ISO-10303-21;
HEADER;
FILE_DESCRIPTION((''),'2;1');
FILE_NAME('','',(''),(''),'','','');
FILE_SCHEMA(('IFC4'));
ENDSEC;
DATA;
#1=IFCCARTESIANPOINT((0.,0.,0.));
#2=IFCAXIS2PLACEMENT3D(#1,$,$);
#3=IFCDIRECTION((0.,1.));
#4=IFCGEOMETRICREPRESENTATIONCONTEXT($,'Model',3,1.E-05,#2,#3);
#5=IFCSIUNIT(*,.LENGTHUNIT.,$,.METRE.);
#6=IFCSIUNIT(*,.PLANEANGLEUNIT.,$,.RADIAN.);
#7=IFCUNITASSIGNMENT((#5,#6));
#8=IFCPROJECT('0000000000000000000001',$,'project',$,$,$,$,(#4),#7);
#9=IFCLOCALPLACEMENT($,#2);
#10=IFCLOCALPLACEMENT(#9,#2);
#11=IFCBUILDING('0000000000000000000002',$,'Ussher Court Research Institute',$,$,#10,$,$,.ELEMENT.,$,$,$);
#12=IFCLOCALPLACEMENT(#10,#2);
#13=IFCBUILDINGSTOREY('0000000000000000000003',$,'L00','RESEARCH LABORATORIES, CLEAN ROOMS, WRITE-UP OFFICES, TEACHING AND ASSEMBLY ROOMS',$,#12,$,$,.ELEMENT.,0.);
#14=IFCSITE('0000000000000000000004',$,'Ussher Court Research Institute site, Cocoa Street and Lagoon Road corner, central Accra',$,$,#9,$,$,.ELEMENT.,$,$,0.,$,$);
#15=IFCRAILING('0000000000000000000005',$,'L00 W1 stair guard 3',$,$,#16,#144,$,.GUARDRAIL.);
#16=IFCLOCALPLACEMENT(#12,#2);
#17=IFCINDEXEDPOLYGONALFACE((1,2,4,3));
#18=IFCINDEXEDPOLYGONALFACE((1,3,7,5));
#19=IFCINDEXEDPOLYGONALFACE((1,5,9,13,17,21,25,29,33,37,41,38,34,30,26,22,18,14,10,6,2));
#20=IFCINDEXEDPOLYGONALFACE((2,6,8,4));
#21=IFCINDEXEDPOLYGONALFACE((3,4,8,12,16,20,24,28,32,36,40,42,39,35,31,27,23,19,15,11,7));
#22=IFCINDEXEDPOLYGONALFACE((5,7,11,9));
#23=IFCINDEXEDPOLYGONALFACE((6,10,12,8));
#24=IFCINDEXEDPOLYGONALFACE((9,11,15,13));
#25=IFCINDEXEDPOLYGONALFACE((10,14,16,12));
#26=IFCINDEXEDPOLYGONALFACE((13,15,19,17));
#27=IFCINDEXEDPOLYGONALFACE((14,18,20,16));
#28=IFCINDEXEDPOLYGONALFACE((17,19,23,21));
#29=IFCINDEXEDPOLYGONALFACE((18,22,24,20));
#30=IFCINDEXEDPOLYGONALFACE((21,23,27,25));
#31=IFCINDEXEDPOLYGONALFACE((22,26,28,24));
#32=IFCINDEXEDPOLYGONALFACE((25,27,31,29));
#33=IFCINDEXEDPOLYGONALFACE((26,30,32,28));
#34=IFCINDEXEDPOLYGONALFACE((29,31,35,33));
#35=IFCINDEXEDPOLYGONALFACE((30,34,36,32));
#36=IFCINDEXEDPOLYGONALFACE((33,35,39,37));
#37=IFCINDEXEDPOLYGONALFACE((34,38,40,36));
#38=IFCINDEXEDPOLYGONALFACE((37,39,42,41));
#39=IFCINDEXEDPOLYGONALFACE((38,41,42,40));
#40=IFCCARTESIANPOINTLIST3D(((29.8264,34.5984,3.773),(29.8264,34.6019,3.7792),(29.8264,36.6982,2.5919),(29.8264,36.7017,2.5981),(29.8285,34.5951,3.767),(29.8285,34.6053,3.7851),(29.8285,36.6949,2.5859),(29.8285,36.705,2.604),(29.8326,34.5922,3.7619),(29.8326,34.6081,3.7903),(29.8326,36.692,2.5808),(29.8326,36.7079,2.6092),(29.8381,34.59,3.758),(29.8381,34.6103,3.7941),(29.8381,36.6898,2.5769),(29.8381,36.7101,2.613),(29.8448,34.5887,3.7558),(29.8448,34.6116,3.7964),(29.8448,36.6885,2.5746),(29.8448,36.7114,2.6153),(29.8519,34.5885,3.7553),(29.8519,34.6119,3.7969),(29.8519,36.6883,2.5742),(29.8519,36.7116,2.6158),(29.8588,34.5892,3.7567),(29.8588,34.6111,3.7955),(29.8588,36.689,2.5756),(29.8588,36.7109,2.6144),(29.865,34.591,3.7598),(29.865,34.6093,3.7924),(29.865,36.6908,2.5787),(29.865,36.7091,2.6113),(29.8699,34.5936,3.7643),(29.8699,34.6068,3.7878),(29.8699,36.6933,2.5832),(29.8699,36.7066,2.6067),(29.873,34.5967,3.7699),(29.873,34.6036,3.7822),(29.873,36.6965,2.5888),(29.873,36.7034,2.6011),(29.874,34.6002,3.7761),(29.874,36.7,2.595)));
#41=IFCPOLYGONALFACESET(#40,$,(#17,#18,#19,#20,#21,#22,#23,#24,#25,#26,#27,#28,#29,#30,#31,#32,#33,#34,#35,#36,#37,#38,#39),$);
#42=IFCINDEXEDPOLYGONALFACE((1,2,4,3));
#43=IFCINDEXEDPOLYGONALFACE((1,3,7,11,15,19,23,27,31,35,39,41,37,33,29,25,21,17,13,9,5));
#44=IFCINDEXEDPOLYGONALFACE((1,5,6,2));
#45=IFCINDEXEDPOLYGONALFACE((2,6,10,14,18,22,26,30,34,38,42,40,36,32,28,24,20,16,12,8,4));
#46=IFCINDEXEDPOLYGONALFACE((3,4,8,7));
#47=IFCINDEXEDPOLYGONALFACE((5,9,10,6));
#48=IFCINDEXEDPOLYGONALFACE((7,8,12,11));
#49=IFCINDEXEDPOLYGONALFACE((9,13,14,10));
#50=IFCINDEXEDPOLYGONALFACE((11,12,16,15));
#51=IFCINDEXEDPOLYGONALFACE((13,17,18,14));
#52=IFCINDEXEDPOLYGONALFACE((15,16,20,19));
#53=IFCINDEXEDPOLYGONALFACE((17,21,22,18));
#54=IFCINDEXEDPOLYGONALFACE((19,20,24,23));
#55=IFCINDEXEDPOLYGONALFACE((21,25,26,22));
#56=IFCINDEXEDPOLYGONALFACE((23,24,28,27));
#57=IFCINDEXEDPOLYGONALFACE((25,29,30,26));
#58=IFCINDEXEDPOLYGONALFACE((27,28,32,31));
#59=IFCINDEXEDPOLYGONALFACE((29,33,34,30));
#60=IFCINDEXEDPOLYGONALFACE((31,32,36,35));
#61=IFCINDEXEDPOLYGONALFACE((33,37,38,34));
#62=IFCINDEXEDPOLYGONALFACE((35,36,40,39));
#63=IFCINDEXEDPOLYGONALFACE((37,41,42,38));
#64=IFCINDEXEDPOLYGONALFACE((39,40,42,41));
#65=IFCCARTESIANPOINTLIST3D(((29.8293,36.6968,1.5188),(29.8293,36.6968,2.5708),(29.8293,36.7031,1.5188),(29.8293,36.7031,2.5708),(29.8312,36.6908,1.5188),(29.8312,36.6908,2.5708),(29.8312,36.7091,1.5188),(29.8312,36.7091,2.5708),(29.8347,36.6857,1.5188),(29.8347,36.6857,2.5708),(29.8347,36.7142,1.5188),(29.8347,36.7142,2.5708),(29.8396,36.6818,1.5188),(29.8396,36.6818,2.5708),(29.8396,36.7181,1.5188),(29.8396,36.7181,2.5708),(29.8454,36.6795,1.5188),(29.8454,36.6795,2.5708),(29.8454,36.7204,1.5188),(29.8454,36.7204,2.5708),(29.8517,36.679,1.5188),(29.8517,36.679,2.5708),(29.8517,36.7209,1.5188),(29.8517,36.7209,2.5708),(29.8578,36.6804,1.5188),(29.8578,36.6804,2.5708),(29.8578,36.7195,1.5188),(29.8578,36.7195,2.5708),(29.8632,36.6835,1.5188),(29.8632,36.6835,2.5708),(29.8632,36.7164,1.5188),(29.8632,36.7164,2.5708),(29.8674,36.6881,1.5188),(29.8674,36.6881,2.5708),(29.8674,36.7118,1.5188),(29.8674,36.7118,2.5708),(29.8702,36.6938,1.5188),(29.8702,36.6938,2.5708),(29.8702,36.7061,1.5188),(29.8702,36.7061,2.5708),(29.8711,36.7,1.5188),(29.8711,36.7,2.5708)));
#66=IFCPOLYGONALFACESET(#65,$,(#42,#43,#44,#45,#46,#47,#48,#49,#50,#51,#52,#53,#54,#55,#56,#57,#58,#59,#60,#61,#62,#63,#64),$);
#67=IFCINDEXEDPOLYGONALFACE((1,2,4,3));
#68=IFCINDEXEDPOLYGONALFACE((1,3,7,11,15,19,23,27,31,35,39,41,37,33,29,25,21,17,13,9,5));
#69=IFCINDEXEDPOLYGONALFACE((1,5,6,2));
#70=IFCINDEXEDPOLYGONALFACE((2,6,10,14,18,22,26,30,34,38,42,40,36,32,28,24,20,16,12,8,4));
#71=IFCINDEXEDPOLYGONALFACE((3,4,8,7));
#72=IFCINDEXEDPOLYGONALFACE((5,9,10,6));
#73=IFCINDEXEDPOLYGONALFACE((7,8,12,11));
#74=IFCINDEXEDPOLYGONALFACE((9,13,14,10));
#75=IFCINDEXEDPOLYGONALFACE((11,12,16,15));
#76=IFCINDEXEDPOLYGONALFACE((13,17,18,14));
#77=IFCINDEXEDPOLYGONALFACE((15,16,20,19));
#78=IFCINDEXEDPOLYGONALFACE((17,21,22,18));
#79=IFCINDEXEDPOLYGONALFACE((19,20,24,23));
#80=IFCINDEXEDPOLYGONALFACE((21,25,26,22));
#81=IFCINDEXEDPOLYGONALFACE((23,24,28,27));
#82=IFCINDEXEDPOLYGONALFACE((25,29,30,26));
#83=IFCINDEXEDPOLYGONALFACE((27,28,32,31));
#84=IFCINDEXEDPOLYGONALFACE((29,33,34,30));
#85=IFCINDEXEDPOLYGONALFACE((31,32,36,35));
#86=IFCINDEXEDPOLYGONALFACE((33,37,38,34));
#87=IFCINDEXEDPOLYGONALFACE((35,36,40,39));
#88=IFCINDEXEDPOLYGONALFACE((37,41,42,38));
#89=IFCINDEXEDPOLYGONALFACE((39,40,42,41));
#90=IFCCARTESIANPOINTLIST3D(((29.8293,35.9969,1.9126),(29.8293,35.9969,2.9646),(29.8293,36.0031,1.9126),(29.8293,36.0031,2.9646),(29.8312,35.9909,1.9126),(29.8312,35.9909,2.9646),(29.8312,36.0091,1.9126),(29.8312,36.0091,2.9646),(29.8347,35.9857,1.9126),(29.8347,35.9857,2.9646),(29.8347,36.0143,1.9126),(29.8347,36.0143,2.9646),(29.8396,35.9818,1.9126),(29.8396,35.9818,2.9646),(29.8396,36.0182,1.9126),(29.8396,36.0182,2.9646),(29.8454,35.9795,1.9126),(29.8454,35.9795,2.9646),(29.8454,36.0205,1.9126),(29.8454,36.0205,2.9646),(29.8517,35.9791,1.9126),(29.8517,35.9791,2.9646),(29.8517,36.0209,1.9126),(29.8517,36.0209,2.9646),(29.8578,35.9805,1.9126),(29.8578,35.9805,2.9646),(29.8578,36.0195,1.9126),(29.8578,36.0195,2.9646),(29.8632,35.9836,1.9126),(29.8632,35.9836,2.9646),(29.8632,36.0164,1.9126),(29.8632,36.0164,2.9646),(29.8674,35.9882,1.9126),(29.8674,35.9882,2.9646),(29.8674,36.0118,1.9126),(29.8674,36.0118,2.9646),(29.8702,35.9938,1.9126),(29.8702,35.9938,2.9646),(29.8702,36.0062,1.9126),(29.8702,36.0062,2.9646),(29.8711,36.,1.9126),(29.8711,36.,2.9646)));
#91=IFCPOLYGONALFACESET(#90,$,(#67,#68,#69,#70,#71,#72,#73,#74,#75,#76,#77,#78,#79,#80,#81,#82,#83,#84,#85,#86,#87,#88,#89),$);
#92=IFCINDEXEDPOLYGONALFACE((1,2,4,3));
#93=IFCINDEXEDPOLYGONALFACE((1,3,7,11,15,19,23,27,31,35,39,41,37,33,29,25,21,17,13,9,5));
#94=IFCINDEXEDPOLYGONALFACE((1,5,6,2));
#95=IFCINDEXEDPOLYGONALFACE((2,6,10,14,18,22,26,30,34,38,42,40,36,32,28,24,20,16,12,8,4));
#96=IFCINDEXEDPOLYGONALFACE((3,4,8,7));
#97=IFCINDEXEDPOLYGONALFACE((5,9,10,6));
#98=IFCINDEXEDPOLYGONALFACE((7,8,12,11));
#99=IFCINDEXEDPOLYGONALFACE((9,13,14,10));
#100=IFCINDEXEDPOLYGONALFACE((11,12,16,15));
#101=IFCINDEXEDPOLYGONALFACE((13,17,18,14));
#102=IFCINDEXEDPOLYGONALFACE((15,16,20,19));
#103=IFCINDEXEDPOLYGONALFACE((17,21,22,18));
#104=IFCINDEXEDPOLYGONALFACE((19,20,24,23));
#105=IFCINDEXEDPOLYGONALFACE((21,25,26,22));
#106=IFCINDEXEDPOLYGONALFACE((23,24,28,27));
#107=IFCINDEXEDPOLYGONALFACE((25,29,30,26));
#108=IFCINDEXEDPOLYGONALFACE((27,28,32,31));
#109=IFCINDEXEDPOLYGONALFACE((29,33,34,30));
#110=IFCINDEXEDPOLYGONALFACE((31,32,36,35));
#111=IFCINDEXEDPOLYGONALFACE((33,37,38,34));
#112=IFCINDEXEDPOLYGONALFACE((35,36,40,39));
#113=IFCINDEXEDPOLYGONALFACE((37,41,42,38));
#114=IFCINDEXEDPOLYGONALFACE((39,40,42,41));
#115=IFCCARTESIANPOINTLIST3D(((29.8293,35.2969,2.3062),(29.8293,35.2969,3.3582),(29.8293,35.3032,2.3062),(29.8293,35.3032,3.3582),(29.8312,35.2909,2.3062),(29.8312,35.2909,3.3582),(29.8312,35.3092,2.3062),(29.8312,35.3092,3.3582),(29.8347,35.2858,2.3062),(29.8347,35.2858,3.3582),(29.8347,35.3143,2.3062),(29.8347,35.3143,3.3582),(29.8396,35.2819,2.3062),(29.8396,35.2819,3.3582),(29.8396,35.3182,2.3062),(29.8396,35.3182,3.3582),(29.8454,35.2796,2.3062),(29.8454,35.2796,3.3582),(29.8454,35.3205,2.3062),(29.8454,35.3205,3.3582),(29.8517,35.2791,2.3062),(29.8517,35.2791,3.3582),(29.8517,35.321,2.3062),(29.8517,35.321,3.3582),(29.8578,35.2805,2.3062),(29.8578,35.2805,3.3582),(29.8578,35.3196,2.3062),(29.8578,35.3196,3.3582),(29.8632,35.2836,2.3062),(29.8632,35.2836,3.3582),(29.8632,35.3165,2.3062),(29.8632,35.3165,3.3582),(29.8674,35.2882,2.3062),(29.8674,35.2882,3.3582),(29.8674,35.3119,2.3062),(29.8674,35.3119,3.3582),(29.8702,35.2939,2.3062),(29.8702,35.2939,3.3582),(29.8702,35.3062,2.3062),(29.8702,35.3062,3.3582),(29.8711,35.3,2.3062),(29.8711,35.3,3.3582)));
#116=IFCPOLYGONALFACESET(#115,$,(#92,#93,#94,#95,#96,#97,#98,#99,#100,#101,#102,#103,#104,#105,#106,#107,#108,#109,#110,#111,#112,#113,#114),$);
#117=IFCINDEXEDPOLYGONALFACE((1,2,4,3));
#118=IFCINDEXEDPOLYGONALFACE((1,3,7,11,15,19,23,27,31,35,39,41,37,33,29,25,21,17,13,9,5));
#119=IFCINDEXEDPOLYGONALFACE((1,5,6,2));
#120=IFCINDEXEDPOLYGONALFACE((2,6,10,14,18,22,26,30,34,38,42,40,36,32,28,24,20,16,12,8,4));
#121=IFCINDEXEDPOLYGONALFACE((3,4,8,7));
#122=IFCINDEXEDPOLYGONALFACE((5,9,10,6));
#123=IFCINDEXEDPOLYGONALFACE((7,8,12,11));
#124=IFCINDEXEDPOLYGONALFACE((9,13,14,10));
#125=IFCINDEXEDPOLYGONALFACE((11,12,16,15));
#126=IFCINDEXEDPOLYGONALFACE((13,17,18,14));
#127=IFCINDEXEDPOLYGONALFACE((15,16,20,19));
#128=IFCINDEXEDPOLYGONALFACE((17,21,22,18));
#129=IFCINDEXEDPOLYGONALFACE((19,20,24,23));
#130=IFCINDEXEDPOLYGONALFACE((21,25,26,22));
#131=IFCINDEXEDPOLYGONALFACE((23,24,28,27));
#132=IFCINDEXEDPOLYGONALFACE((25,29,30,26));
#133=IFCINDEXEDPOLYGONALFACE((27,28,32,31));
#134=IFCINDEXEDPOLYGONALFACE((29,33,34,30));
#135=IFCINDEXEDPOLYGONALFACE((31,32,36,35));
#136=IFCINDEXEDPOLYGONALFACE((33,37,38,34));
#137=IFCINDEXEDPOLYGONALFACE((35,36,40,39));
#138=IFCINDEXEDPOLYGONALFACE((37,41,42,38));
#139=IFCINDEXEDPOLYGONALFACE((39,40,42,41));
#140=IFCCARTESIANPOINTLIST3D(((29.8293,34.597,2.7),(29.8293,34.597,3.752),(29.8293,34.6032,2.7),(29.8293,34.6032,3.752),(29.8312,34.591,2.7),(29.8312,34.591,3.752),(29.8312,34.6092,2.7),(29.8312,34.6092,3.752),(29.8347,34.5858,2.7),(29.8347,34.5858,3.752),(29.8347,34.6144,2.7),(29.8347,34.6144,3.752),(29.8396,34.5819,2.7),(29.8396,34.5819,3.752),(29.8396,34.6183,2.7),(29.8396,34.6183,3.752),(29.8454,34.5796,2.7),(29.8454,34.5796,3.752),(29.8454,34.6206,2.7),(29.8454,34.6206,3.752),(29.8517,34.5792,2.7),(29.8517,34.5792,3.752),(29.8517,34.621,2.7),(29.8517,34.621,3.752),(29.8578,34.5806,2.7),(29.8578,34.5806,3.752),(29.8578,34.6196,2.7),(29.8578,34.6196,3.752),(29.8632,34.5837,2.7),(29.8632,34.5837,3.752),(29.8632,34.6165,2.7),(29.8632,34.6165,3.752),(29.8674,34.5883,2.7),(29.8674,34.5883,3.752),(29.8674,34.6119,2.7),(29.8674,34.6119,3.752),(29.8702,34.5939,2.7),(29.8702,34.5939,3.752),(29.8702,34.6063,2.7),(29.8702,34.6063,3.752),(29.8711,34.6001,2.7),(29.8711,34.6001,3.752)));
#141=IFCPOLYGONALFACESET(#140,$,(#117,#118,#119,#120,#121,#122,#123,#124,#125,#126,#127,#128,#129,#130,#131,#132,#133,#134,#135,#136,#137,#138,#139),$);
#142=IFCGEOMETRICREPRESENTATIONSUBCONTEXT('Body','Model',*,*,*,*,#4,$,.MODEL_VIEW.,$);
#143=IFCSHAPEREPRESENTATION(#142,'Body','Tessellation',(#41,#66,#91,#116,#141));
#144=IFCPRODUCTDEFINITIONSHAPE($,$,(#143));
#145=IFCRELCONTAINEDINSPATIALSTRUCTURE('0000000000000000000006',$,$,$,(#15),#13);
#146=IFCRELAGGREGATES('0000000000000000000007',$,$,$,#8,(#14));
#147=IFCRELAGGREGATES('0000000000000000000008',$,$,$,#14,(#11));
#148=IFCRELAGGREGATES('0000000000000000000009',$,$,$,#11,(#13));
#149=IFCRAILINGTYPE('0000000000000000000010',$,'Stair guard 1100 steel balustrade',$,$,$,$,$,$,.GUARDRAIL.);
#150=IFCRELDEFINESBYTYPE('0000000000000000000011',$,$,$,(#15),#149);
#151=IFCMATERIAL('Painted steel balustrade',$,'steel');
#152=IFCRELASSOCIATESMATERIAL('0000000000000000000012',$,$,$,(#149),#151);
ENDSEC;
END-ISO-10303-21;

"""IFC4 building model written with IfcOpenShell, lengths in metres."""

from ifc_helpers import new_model, si_unit, direction, frame, origin, origin_2d, place, context, subcontext, project, spatial, circle, extrude, material, type_object, element, save


model = new_model("IFC4")

# Units and contexts
model_context = context("Model", 3, precision=1e-05, world=origin(), true_north=direction((0.0, 1.0)))
body_context = subcontext(model_context, "Body", "Model", "MODEL_VIEW")
ifc_project = project(units=[si_unit("LENGTHUNIT", "METRE"), si_unit("PLANEANGLEUNIT", "RADIAN")], contexts=[model_context])

# Site, building, storey
site_placement = place(None, origin())
site = spatial("IfcSite", under=ifc_project, at=site_placement, Name="Ussher Court Research Institute site, Cocoa Street and Lagoon Road corner, central Accra", CompositionType="ELEMENT", RefElevation=0.0)
building_placement = place(site_placement, origin())
building = spatial("IfcBuilding", under=site, at=building_placement, Name="Ussher Court Research Institute", CompositionType="ELEMENT")
storey_placement = place(building_placement, origin())
storey = spatial("IfcBuildingStorey", under=building, at=storey_placement, Name="L00", Description="RESEARCH LABORATORIES, CLEAN ROOMS, WRITE-UP OFFICES, TEACHING AND ASSEMBLY ROOMS", CompositionType="ELEMENT", Elevation=0.0)

# Railing
ifc_material_1 = material(Name="Painted steel balustrade", Category="steel")
railing_type_1 = type_object("IfcRailingType", Name="Stair guard 1100 steel balustrade", PredefinedType="GUARDRAIL", material=ifc_material_1)
railing_1_placement = place(storey_placement, frame((29.8501, 36.7, 1.5188)))
element("IfcRailing", 1, at=railing_1_placement, inside=storey, type_object=railing_type_1, Name="L00 W1 stair guard 3", PredefinedType="GUARDRAIL", context=body_context, shape_type="SweptSolid", body=[
    extrude(circle(Radius=0.0239, at=origin_2d()), frame((0.0, 0.0, 1.0762), z_axis=(0.0, -0.871578, 0.490256), x_axis=(1.0, 0.0, 0.0)), (0.0, 0.0, 1.0), 2.4092),
    extrude(circle(Radius=0.021, at=origin_2d()), origin(), (0.0, 0.0, 1.0), 1.052),
    extrude(circle(Radius=0.021, at=origin_2d()), frame((0.0, -0.7, 0.3938)), (0.0, 0.0, 1.0), 1.052),
    extrude(circle(Radius=0.021, at=origin_2d()), frame((0.0, -1.3999, 0.7874)), (0.0, 0.0, 1.0), 1.052),
    extrude(circle(Radius=0.021, at=origin_2d()), frame((0.0, -2.0999, 1.1812)), (0.0, 0.0, 1.0), 1.052),
])

save(model, "model.ifc")
